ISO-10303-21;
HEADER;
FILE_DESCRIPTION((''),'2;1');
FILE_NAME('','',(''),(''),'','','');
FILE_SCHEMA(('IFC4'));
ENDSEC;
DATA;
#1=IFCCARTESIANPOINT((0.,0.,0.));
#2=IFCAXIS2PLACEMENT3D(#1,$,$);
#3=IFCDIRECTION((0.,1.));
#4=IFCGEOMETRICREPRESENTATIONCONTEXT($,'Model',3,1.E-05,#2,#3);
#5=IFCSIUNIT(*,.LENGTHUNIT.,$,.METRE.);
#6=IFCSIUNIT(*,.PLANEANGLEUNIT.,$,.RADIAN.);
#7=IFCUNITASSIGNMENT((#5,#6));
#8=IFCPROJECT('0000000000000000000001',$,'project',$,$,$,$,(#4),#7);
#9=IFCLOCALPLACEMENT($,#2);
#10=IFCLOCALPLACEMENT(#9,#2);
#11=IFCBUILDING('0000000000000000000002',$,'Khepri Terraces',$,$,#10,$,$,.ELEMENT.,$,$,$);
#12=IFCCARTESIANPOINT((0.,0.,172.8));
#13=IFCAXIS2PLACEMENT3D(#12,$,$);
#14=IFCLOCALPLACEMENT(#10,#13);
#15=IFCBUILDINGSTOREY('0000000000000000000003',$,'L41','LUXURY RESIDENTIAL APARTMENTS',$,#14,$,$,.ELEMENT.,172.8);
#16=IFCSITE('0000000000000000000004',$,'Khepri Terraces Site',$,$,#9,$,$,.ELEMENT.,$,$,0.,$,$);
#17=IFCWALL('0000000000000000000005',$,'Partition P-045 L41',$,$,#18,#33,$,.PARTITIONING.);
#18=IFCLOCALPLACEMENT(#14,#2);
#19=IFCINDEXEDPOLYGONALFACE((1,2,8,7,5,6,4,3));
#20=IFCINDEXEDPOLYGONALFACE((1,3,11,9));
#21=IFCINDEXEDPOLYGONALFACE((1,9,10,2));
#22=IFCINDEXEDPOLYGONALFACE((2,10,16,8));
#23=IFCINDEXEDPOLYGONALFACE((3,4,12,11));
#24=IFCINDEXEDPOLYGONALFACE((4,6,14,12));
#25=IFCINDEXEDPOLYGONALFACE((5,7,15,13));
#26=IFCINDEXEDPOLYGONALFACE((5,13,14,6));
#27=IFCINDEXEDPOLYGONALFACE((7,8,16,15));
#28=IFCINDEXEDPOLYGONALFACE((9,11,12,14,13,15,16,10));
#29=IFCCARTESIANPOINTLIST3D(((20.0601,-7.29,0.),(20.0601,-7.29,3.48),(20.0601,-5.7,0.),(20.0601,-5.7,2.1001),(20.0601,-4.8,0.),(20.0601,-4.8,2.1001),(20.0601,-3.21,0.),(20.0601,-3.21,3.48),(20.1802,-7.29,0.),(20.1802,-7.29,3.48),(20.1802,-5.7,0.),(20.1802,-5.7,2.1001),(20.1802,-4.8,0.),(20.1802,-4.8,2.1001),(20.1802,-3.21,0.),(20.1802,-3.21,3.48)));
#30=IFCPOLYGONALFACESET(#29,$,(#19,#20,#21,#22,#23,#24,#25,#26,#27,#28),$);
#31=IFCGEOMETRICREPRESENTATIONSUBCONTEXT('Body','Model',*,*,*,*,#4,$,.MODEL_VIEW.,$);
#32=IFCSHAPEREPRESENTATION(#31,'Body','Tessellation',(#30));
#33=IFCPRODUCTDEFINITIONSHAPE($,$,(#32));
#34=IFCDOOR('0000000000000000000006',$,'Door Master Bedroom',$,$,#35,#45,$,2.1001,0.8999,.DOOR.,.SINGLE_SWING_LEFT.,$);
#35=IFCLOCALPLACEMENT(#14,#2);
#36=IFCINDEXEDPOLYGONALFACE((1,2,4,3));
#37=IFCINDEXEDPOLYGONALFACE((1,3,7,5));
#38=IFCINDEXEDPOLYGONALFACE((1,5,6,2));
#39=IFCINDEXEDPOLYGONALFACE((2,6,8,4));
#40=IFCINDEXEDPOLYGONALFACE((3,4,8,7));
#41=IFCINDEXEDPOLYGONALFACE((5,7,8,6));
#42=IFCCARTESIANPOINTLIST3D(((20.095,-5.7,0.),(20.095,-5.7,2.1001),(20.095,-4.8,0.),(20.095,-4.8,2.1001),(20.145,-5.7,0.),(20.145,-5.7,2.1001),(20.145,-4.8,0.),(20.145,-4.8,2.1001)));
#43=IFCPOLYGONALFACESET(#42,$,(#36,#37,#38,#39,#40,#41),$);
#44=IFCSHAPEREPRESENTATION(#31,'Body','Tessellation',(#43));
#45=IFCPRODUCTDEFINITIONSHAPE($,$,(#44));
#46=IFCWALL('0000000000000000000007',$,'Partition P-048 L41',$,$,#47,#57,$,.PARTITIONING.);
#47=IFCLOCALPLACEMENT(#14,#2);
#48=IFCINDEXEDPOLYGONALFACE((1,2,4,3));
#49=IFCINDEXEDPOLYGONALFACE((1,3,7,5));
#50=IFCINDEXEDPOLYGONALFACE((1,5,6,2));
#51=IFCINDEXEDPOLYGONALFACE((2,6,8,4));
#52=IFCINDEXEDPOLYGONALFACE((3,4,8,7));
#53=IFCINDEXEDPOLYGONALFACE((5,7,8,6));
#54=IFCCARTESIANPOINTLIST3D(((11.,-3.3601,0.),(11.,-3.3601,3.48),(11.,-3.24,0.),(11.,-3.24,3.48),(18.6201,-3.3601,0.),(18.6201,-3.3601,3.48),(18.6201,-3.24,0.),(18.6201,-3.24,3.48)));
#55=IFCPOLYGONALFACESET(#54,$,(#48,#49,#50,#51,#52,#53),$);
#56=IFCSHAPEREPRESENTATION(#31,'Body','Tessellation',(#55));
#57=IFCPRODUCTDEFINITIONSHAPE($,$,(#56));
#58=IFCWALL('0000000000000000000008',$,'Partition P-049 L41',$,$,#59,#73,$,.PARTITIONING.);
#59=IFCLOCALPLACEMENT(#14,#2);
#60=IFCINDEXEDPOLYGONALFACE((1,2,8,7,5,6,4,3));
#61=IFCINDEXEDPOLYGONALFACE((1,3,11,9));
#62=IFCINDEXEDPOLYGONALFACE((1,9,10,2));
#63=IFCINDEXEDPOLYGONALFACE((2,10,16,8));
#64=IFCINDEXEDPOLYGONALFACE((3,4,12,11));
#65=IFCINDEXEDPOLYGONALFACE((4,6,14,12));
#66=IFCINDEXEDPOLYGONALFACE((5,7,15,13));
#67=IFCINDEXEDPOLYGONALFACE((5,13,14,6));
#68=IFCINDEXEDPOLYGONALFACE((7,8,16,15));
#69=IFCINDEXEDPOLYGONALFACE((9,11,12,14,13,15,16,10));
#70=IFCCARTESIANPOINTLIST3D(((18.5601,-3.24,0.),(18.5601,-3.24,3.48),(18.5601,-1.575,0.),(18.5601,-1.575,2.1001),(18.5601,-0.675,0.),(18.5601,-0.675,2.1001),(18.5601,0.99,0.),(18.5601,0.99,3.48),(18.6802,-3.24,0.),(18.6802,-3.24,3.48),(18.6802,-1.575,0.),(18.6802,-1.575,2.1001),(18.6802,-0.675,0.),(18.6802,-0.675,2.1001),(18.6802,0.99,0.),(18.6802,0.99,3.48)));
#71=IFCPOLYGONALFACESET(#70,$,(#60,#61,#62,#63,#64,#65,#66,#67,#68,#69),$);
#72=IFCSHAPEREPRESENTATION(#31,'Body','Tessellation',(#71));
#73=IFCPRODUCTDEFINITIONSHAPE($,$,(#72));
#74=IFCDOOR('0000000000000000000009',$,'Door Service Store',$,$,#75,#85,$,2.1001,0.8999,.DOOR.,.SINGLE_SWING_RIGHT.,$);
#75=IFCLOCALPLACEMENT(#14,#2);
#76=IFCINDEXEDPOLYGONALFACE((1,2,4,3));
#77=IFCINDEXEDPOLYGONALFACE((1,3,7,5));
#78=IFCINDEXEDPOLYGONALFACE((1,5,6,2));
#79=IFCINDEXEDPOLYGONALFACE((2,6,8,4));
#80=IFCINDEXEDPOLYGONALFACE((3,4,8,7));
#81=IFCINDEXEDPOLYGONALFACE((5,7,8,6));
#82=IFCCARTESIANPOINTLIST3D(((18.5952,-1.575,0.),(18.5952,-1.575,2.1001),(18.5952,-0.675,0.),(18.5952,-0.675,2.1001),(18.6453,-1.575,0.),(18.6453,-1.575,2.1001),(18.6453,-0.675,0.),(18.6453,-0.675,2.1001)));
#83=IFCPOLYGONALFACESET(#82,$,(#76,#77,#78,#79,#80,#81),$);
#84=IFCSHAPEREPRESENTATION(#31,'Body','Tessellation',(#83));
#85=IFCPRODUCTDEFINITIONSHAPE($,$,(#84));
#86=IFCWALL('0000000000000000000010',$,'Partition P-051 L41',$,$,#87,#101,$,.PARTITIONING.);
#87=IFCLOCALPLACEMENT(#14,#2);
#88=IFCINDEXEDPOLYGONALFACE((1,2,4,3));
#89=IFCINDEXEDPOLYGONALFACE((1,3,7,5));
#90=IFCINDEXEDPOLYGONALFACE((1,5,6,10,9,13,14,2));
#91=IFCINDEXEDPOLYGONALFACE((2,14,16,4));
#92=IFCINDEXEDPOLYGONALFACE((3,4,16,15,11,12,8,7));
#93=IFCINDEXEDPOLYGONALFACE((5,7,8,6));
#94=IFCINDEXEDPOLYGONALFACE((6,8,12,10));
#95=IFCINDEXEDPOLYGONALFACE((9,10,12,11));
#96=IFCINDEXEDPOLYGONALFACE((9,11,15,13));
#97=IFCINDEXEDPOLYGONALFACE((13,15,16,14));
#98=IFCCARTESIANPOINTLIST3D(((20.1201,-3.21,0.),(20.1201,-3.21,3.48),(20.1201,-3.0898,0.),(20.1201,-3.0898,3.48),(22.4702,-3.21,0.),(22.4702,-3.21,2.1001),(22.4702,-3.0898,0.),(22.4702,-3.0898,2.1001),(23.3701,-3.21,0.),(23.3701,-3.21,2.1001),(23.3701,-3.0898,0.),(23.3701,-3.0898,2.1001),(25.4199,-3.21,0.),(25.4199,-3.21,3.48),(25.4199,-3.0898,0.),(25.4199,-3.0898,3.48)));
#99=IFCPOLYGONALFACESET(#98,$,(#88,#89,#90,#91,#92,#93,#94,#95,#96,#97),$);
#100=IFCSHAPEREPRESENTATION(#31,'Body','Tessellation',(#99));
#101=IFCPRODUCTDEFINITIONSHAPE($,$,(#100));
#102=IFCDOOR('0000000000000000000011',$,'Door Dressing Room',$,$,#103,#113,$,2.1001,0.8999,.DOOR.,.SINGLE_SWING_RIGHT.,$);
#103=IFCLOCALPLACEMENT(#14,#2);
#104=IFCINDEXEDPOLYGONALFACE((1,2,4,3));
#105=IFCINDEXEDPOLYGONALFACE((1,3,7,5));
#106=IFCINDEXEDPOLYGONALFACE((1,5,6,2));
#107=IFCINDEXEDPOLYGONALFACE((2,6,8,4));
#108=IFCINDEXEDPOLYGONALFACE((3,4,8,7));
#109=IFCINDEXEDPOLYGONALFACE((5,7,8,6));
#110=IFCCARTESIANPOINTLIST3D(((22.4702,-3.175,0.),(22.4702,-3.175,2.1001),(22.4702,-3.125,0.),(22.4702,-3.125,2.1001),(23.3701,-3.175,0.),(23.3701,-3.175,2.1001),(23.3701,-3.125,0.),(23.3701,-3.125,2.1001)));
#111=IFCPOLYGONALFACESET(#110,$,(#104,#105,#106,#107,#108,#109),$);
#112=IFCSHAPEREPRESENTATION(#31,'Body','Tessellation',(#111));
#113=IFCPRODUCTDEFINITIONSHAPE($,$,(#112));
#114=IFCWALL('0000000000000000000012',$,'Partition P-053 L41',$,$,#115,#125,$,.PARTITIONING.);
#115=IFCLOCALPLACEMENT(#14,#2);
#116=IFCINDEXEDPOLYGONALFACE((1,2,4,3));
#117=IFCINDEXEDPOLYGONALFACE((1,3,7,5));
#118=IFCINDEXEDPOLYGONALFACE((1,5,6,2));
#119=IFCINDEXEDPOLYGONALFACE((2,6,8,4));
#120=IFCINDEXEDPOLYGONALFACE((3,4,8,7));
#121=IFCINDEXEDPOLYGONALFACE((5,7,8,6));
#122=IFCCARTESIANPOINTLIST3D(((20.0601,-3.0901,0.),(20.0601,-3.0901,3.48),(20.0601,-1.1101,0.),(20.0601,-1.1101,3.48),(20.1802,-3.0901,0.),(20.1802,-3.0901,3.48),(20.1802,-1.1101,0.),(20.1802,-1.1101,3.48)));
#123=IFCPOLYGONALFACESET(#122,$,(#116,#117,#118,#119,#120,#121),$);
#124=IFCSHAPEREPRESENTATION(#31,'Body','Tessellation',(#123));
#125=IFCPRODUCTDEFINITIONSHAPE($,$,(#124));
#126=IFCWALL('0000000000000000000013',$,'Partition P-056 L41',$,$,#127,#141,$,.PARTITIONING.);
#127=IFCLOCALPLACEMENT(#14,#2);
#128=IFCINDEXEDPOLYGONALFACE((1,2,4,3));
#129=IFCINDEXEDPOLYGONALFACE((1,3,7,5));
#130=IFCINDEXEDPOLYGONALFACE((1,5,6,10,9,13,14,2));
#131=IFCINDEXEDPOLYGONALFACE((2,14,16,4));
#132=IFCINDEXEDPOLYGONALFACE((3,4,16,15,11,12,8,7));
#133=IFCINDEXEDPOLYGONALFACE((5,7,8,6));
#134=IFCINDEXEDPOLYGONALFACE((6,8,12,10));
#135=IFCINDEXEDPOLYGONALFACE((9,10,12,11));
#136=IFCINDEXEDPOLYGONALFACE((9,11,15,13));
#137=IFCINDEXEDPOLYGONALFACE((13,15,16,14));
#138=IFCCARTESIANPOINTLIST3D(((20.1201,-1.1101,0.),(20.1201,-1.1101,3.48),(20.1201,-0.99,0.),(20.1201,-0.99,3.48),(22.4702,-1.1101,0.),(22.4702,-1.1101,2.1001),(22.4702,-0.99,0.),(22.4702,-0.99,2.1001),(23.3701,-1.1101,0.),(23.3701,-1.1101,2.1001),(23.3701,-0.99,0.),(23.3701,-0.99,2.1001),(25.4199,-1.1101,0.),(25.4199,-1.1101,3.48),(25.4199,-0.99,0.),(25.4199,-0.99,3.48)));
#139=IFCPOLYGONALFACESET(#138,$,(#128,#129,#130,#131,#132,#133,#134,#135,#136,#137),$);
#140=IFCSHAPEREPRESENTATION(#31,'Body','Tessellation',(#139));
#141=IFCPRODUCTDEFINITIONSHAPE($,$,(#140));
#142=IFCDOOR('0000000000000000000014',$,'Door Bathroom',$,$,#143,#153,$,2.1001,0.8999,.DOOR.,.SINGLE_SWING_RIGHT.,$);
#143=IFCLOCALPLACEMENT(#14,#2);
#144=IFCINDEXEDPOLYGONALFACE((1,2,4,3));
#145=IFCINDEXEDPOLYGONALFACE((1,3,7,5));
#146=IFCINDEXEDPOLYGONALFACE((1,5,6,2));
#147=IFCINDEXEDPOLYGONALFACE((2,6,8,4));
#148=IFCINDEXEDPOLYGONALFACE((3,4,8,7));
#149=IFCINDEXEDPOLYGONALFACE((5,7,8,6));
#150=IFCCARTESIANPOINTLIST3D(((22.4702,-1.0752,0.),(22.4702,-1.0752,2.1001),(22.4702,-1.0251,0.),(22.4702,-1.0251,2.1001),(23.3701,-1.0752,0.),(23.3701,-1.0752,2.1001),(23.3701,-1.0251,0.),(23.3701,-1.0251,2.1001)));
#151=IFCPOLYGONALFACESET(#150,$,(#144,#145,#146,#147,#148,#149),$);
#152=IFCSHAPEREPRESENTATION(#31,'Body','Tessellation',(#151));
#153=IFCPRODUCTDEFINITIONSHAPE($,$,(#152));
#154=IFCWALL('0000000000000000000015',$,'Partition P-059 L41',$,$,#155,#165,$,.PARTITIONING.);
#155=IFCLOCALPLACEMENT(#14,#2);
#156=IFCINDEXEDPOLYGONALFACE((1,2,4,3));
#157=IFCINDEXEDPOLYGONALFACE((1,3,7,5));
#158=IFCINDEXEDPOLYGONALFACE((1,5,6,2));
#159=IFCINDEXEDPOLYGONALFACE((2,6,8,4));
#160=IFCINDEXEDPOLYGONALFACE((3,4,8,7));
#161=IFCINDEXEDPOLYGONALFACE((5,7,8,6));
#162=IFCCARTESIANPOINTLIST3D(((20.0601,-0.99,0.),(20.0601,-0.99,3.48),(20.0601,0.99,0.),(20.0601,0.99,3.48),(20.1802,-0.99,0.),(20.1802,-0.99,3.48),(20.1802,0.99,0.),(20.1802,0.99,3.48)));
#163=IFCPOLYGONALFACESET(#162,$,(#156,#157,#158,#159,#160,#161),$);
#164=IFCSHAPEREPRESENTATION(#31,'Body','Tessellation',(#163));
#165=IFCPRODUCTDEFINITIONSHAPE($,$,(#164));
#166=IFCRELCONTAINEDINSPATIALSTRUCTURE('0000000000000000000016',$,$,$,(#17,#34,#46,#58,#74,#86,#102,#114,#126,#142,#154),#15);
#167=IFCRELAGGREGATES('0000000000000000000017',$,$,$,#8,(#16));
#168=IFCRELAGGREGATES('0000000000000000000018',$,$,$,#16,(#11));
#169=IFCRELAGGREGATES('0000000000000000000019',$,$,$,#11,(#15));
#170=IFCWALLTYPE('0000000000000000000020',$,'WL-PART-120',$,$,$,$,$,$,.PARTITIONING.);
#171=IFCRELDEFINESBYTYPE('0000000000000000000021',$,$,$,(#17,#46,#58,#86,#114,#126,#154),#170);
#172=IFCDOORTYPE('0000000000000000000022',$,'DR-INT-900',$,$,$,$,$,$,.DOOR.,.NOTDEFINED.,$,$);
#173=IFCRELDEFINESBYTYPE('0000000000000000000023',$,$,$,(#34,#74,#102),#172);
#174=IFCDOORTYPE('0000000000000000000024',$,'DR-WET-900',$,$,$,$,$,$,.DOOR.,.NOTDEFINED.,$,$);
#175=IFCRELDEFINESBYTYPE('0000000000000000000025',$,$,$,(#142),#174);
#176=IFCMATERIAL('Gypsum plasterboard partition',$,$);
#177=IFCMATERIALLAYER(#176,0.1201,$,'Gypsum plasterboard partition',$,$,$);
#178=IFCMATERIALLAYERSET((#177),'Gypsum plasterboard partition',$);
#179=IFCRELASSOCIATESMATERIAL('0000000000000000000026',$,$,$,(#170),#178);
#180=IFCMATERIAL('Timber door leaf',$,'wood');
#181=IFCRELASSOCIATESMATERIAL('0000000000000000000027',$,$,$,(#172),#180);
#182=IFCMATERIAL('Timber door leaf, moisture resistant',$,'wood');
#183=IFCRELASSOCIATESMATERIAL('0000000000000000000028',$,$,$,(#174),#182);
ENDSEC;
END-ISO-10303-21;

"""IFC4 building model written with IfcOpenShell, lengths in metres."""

from ifc_helpers import new_model, si_unit, direction, frame, frame_2d, origin, place, context, subcontext, project, spatial, rectangle, extrude, material, layer, layer_set, type_object, element, fill, save


model = new_model("IFC4")

# Units and contexts
model_context = context("Model", 3, precision=1e-05, world=origin(), true_north=direction((0.0, 1.0)))
body_context = subcontext(model_context, "Body", "Model", "MODEL_VIEW")
ifc_project = project(units=[si_unit("LENGTHUNIT", "METRE"), si_unit("PLANEANGLEUNIT", "RADIAN")], contexts=[model_context])

# Site, building, storey
site_placement = place(None, origin())
site = spatial("IfcSite", under=ifc_project, at=site_placement, Name="Khepri Terraces Site", CompositionType="ELEMENT", RefElevation=0.0)
building_placement = place(site_placement, origin())
building = spatial("IfcBuilding", under=site, at=building_placement, Name="Khepri Terraces", CompositionType="ELEMENT")
storey_placement = place(building_placement, frame((0.0, 0.0, 172.8)))
storey = spatial("IfcBuildingStorey", under=building, at=storey_placement, Name="L41", Description="LUXURY RESIDENTIAL APARTMENTS", CompositionType="ELEMENT", Elevation=172.8)

# Shared definitions
ifc_material_1 = material(Name="Gypsum plasterboard partition")
ifc_layer_1 = layer(ifc_material_1, 0.1201, Name="Gypsum plasterboard partition")
ifc_layer_set_1 = layer_set([ifc_layer_1], Name="Gypsum plasterboard partition")
wall_type_1 = type_object("IfcWallType", Name="WL-PART-120", PredefinedType="PARTITIONING", material=ifc_layer_set_1)

# Shared definitions
ifc_material_2 = material(Name="Timber door leaf", Category="wood")
door_type_1 = type_object("IfcDoorType", Name="DR-INT-900", OperationType="NOTDEFINED", PredefinedType="DOOR", material=ifc_material_2)

# Wall, opening, door
wall_1_placement = place(storey_placement, frame((20.1201, -7.29, 0.0), z_axis=(0.0, 0.0, 1.0), x_axis=(0.0, 1.0, 0.0)))
wall_1 = element("IfcWall", 1, at=wall_1_placement, inside=storey, type_object=wall_type_1, Name="Partition P-045 L41", PredefinedType="PARTITIONING", context=body_context, shape_type="SweptSolid", body=[
    extrude(rectangle(XDim=4.0801, YDim=0.1201, at=frame_2d((2.04, 0.0))), origin(), (0.0, 0.0, 1.0), 3.48),
])
opening_1_placement = place(wall_1_placement, frame((1.5901, 0.0, 0.0)))
opening_1 = element("IfcOpeningElement", 2, at=opening_1_placement, cuts=wall_1, PredefinedType="OPENING", context=body_context, shape_type="SweptSolid", body=[
    extrude(rectangle(XDim=0.8999, YDim=2.1001, at=frame_2d((0.45, 1.05))), frame((0.0, 0.0701, 0.0), z_axis=(0.0, -1.0, 0.0), x_axis=(1.0, 0.0, 0.0)), (0.0, 0.0, 1.0), 0.1401),
])
door_1_placement = place(opening_1_placement, frame((0.8999, 0.0, 0.0), z_axis=(0.0, 0.0, 1.0), x_axis=(-1.0, 0.0, 0.0)))
door_1 = element("IfcDoor", 3, at=door_1_placement, inside=storey, type_object=door_type_1, Name="Door Master Bedroom", OperationType="SINGLE_SWING_LEFT", OverallHeight=2.1001, OverallWidth=0.8999, PredefinedType="DOOR", context=body_context, shape_type="SweptSolid", body=[
    extrude(rectangle(XDim=0.8999, YDim=2.1001, at=frame_2d((0.45, 1.05))), frame((0.0, 0.0249, 0.0), z_axis=(0.0, -1.0, 0.0), x_axis=(1.0, 0.0, 0.0)), (0.0, 0.0, 1.0), 0.05),
])
fill(opening_1, door_1)

# Wall
wall_2_placement = place(storey_placement, frame((11.0, -3.3, 0.0), z_axis=(0.0, 0.0, 1.0), x_axis=(1.0, 0.0, 0.0)))
element("IfcWall", 4, at=wall_2_placement, inside=storey, type_object=wall_type_1, Name="Partition P-048 L41", PredefinedType="PARTITIONING", context=body_context, shape_type="SweptSolid", body=[
    extrude(rectangle(XDim=7.6201, YDim=0.1201, at=frame_2d((3.8101, 0.0))), origin(), (0.0, 0.0, 1.0), 3.48),
])

# Walls, openings, doors
wall_3_placement = place(storey_placement, frame((18.6201, -3.24, 0.0), z_axis=(0.0, 0.0, 1.0), x_axis=(0.0, 1.0, 0.0)))
wall_3 = element("IfcWall", 5, at=wall_3_placement, inside=storey, type_object=wall_type_1, Name="Partition P-049 L41", PredefinedType="PARTITIONING", context=body_context, shape_type="SweptSolid", body=[
    extrude(rectangle(XDim=4.23, YDim=0.1201, at=frame_2d((2.115, 0.0))), origin(), (0.0, 0.0, 1.0), 3.48),
])
opening_2_placement = place(wall_3_placement, frame((1.665, 0.0, 0.0)))
opening_2 = element("IfcOpeningElement", 6, at=opening_2_placement, cuts=wall_3, PredefinedType="OPENING", context=body_context, shape_type="SweptSolid", body=[
    extrude(rectangle(XDim=0.8999, YDim=2.1001, at=frame_2d((0.45, 1.05))), frame((0.0, 0.0701, 0.0), z_axis=(0.0, -1.0, 0.0), x_axis=(1.0, 0.0, 0.0)), (0.0, 0.0, 1.0), 0.1401),
])
door_2_placement = place(opening_2_placement, origin())
door_2 = element("IfcDoor", 7, at=door_2_placement, inside=storey, type_object=door_type_1, Name="Door Service Store", OperationType="SINGLE_SWING_RIGHT", OverallHeight=2.1001, OverallWidth=0.8999, PredefinedType="DOOR", context=body_context, shape_type="SweptSolid", body=[
    extrude(rectangle(XDim=0.8999, YDim=2.1001, at=frame_2d((0.45, 1.05))), frame((0.0, 0.0249, 0.0), z_axis=(0.0, -1.0, 0.0), x_axis=(1.0, 0.0, 0.0)), (0.0, 0.0, 1.0), 0.05),
])
fill(opening_2, door_2)
wall_4_placement = place(storey_placement, frame((20.1201, -3.1499, 0.0), z_axis=(0.0, 0.0, 1.0), x_axis=(1.0, 0.0, 0.0)))
wall_4 = element("IfcWall", 8, at=wall_4_placement, inside=storey, type_object=wall_type_1, Name="Partition P-051 L41", PredefinedType="PARTITIONING", context=body_context, shape_type="SweptSolid", body=[
    extrude(rectangle(XDim=5.2998, YDim=0.1201, at=frame_2d((2.6499, 0.0))), origin(), (0.0, 0.0, 1.0), 3.48),
])
opening_3_placement = place(wall_4_placement, frame((2.3501, 0.0, 0.0)))
opening_3 = element("IfcOpeningElement", 9, at=opening_3_placement, cuts=wall_4, PredefinedType="OPENING", context=body_context, shape_type="SweptSolid", body=[
    extrude(rectangle(XDim=0.8999, YDim=2.1001, at=frame_2d((0.45, 1.05))), frame((0.0, 0.0701, 0.0), z_axis=(0.0, -1.0, 0.0), x_axis=(1.0, 0.0, 0.0)), (0.0, 0.0, 1.0), 0.1401),
])
door_3_placement = place(opening_3_placement, origin())
door_3 = element("IfcDoor", 10, at=door_3_placement, inside=storey, type_object=door_type_1, Name="Door Dressing Room", OperationType="SINGLE_SWING_RIGHT", OverallHeight=2.1001, OverallWidth=0.8999, PredefinedType="DOOR", context=body_context, shape_type="SweptSolid", body=[
    extrude(rectangle(XDim=0.8999, YDim=2.1001, at=frame_2d((0.45, 1.05))), frame((0.0, 0.0249, 0.0), z_axis=(0.0, -1.0, 0.0), x_axis=(1.0, 0.0, 0.0)), (0.0, 0.0, 1.0), 0.05),
])
fill(opening_3, door_3)

# Wall
wall_5_placement = place(storey_placement, frame((20.1201, -3.0901, 0.0), z_axis=(0.0, 0.0, 1.0), x_axis=(0.0, 1.0, 0.0)))
element("IfcWall", 11, at=wall_5_placement, inside=storey, type_object=wall_type_1, Name="Partition P-053 L41", PredefinedType="PARTITIONING", context=body_context, shape_type="SweptSolid", body=[
    extrude(rectangle(XDim=1.98, YDim=0.1201, at=frame_2d((0.99, 0.0))), origin(), (0.0, 0.0, 1.0), 3.48),
])

# Wall, opening, door
wall_6_placement = place(storey_placement, frame((20.1201, -1.05, 0.0), z_axis=(0.0, 0.0, 1.0), x_axis=(1.0, 0.0, 0.0)))
wall_6 = element("IfcWall", 12, at=wall_6_placement, inside=storey, type_object=wall_type_1, Name="Partition P-056 L41", PredefinedType="PARTITIONING", context=body_context, shape_type="SweptSolid", body=[
    extrude(rectangle(XDim=5.2998, YDim=0.1201, at=frame_2d((2.6499, 0.0))), origin(), (0.0, 0.0, 1.0), 3.48),
])
opening_4_placement = place(wall_6_placement, frame((2.3501, 0.0, 0.0)))
opening_4 = element("IfcOpeningElement", 13, at=opening_4_placement, cuts=wall_6, PredefinedType="OPENING", context=body_context, shape_type="SweptSolid", body=[
    extrude(rectangle(XDim=0.8999, YDim=2.1001, at=frame_2d((0.45, 1.05))), frame((0.0, 0.0701, 0.0), z_axis=(0.0, -1.0, 0.0), x_axis=(1.0, 0.0, 0.0)), (0.0, 0.0, 1.0), 0.1401),
])
ifc_material_3 = material(Name="Timber door leaf, moisture resistant", Category="wood")
door_type_2 = type_object("IfcDoorType", Name="DR-WET-900", OperationType="NOTDEFINED", PredefinedType="DOOR", material=ifc_material_3)
door_4_placement = place(opening_4_placement, origin())
door_4 = element("IfcDoor", 14, at=door_4_placement, inside=storey, type_object=door_type_2, Name="Door Bathroom", OperationType="SINGLE_SWING_RIGHT", OverallHeight=2.1001, OverallWidth=0.8999, PredefinedType="DOOR", context=body_context, shape_type="SweptSolid", body=[
    extrude(rectangle(XDim=0.8999, YDim=2.1001, at=frame_2d((0.45, 1.05))), frame((0.0, 0.0249, 0.0), z_axis=(0.0, -1.0, 0.0), x_axis=(1.0, 0.0, 0.0)), (0.0, 0.0, 1.0), 0.05),
])
fill(opening_4, door_4)

# Wall
wall_7_placement = place(storey_placement, frame((20.1201, -0.99, 0.0), z_axis=(0.0, 0.0, 1.0), x_axis=(0.0, 1.0, 0.0)))
element("IfcWall", 15, at=wall_7_placement, inside=storey, type_object=wall_type_1, Name="Partition P-059 L41", PredefinedType="PARTITIONING", context=body_context, shape_type="SweptSolid", body=[
    extrude(rectangle(XDim=1.98, YDim=0.1201, at=frame_2d((0.99, 0.0))), origin(), (0.0, 0.0, 1.0), 3.48),
])

save(model, "model.ifc")
